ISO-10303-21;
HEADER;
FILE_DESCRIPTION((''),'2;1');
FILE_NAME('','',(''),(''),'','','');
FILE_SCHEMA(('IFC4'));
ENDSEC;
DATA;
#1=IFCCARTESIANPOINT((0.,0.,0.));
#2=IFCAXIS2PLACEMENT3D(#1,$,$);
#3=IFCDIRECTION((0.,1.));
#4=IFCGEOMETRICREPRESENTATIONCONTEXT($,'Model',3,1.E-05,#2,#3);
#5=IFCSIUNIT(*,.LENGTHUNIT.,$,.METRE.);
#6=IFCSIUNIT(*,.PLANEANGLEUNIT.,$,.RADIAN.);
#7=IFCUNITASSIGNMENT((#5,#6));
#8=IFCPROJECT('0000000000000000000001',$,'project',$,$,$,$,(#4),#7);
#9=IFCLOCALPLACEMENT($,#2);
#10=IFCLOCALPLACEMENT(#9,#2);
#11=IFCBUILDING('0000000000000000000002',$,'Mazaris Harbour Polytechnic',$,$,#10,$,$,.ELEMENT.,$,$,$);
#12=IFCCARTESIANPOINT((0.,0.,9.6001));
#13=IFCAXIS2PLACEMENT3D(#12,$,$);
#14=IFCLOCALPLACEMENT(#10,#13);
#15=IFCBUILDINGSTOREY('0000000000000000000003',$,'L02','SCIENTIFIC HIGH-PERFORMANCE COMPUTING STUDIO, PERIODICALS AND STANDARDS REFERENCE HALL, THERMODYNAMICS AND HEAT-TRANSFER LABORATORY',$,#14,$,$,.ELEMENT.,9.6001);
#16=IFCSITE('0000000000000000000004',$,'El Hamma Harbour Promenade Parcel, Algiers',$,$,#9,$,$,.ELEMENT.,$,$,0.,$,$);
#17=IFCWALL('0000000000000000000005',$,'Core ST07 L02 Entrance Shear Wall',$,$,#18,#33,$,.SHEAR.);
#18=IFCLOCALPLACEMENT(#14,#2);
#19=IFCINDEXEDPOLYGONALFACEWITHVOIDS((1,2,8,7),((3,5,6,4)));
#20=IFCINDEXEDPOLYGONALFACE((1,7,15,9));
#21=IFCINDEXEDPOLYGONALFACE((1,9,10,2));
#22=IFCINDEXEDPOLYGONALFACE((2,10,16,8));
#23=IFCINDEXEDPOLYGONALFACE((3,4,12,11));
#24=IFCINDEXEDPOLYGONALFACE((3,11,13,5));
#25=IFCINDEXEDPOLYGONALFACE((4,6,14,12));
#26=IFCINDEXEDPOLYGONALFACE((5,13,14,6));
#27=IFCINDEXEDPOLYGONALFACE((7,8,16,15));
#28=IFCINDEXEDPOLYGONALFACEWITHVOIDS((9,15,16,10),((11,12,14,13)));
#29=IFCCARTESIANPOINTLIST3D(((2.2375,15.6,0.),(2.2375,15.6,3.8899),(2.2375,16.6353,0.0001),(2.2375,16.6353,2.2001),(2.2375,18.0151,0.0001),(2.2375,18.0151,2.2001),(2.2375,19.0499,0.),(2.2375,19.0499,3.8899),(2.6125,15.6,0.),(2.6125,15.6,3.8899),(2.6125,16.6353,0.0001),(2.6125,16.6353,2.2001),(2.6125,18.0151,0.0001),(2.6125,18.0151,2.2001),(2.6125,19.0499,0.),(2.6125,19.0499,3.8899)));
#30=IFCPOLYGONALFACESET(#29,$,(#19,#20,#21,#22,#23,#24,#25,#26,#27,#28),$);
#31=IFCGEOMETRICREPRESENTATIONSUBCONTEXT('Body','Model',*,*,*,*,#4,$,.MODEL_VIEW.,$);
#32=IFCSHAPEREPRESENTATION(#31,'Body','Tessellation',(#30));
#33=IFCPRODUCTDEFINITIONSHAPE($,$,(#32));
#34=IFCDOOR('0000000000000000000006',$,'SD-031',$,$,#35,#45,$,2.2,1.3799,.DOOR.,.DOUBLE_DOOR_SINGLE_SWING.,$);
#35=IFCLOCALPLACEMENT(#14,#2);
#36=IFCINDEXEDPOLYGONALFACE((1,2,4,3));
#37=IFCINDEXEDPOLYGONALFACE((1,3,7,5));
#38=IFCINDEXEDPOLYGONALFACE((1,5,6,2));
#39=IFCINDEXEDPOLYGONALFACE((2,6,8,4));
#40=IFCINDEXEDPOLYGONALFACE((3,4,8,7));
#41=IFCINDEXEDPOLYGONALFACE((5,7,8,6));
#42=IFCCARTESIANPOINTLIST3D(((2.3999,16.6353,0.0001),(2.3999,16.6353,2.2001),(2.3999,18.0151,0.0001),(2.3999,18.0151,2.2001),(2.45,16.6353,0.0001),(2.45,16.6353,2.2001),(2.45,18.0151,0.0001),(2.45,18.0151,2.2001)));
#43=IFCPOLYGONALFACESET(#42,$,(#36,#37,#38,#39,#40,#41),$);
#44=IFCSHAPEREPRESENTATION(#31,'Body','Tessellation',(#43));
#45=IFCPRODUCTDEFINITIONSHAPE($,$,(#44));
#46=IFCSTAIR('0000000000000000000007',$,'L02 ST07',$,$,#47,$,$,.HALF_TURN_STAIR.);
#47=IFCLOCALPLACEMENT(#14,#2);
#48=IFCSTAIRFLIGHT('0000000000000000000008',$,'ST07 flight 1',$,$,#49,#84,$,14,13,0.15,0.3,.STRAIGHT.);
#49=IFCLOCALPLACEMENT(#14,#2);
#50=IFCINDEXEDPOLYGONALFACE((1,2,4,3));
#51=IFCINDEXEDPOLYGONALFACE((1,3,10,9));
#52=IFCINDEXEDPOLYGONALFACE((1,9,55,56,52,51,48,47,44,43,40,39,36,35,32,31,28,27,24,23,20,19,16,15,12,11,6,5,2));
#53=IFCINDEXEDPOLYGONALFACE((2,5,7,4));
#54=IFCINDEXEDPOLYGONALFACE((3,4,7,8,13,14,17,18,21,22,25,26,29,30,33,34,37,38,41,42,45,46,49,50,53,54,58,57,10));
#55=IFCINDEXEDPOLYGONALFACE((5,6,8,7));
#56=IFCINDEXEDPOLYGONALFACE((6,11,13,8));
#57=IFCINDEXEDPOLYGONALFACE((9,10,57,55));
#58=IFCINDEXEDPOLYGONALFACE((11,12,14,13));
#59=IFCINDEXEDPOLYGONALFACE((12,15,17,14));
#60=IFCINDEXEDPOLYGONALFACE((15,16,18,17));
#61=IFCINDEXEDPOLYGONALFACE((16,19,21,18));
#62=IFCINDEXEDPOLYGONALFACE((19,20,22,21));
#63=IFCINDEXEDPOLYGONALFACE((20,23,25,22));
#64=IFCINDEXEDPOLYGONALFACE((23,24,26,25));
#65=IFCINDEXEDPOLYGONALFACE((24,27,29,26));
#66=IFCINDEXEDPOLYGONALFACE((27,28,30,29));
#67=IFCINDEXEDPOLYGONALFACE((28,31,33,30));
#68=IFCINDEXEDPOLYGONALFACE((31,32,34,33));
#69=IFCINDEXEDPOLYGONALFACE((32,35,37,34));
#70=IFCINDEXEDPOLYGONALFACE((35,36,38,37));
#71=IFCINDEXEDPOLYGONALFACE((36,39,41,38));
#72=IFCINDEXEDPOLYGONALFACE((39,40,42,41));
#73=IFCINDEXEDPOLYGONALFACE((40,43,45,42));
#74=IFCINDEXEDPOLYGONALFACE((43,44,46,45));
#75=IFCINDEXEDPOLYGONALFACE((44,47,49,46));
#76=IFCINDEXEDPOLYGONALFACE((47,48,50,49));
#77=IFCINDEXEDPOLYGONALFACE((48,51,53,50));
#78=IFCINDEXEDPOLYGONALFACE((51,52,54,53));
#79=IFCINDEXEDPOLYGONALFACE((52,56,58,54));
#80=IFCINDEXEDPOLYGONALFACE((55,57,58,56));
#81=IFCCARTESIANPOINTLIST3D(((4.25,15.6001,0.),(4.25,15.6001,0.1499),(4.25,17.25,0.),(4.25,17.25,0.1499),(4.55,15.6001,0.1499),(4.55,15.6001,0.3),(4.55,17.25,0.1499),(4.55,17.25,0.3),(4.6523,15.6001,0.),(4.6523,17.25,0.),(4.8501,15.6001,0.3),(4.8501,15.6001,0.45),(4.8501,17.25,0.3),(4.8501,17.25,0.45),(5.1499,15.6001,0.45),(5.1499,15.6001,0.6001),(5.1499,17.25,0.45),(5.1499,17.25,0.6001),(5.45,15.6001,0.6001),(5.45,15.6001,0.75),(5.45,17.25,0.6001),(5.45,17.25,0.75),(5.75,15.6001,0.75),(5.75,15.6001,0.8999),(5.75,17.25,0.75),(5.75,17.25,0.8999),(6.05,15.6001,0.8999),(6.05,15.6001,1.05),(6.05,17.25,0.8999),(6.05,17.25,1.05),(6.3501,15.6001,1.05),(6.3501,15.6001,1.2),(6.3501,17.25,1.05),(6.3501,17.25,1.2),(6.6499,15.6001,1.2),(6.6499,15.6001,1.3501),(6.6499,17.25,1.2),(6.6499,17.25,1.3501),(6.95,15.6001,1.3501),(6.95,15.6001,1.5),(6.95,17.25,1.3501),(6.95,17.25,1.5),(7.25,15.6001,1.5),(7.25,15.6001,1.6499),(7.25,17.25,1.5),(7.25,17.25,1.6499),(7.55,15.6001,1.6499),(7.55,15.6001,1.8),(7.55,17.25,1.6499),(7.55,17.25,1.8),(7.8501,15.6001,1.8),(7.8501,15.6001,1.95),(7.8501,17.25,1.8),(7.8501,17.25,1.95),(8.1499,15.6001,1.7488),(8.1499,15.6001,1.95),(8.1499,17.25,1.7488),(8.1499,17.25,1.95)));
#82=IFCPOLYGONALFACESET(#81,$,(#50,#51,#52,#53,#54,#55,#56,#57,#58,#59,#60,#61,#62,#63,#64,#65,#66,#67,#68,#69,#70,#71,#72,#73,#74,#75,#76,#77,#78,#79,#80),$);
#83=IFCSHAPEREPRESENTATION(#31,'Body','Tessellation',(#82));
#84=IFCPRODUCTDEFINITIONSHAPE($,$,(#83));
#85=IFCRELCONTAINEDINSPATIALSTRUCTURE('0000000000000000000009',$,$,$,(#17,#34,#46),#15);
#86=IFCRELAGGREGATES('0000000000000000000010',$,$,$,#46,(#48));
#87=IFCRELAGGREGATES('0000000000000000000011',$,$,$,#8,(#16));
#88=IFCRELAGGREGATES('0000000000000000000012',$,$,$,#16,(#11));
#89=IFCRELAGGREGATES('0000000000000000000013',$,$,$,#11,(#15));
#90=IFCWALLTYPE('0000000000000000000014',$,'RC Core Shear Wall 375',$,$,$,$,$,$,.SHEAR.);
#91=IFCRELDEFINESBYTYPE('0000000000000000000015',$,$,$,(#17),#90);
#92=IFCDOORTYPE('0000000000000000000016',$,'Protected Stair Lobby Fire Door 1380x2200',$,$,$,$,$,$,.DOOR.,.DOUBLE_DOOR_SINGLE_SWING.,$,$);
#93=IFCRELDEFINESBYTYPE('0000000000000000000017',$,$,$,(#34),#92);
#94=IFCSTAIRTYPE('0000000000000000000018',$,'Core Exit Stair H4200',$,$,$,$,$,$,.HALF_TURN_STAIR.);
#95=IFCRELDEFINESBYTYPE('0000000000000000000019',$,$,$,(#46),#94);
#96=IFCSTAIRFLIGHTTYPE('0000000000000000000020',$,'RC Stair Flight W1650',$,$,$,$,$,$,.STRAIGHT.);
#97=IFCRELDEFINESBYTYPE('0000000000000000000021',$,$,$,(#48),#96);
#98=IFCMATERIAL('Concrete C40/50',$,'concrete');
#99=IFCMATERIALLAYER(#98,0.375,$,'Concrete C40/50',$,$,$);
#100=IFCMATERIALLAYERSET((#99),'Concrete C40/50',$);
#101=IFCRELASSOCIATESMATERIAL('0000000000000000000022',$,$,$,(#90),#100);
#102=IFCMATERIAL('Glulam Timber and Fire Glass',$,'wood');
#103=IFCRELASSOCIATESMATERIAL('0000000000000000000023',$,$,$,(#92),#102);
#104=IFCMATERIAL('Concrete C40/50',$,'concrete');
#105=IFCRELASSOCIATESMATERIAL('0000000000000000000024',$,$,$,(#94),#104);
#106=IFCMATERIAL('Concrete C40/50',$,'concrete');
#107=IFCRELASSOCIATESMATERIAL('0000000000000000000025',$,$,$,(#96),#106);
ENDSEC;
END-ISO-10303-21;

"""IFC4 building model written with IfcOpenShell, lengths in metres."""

from ifc_helpers import new_model, si_unit, direction, frame, frame_2d, origin, place, context, subcontext, project, spatial, polyline, rectangle, outline, extrude, material, layer, layer_set, type_object, element, fill, aggregate, save


model = new_model("IFC4")

# Units and contexts
model_context = context("Model", 3, precision=1e-05, world=origin(), true_north=direction((0.0, 1.0)))
body_context = subcontext(model_context, "Body", "Model", "MODEL_VIEW")
ifc_project = project(units=[si_unit("LENGTHUNIT", "METRE"), si_unit("PLANEANGLEUNIT", "RADIAN")], contexts=[model_context])

# Site, building, storey
site_placement = place(None, origin())
site = spatial("IfcSite", under=ifc_project, at=site_placement, Name="El Hamma Harbour Promenade Parcel, Algiers", CompositionType="ELEMENT", RefElevation=0.0)
building_placement = place(site_placement, origin())
building = spatial("IfcBuilding", under=site, at=building_placement, Name="Mazaris Harbour Polytechnic", CompositionType="ELEMENT")
storey_placement = place(building_placement, frame((0.0, 0.0, 9.6001)))
storey = spatial("IfcBuildingStorey", under=building, at=storey_placement, Name="L02", Description="SCIENTIFIC HIGH-PERFORMANCE COMPUTING STUDIO, PERIODICALS AND STANDARDS REFERENCE HALL, THERMODYNAMICS AND HEAT-TRANSFER LABORATORY", CompositionType="ELEMENT", Elevation=9.6001)

# Wall, opening, door
ifc_material_1 = material(Name="Concrete C40/50", Category="concrete")
ifc_layer = layer(ifc_material_1, 0.375, Name="Concrete C40/50")
ifc_layer_set = layer_set([ifc_layer], Name="Concrete C40/50")
wall_type = type_object("IfcWallType", Name="RC Core Shear Wall 375", PredefinedType="SHEAR", material=ifc_layer_set)
wall_placement = place(storey_placement, frame((2.425, 19.05, 0.0), z_axis=(0.0, 0.0, 1.0), x_axis=(0.0, -1.0, 0.0)))
wall = element("IfcWall", 1, at=wall_placement, inside=storey, type_object=wall_type, Name="Core ST07 L02 Entrance Shear Wall", PredefinedType="SHEAR", context=body_context, shape_type="SweptSolid", body=[
    extrude(rectangle(XDim=3.45, YDim=0.375, at=frame_2d((1.7251, 0.0))), origin(), (0.0, 0.0, 1.0), 3.8899),
])
opening_placement = place(wall_placement, frame((1.0349, 0.0, 0.0)))
opening = element("IfcOpeningElement", 2, at=opening_placement, cuts=wall, PredefinedType="OPENING", context=body_context, shape_type="SweptSolid", body=[
    extrude(rectangle(XDim=1.3799, YDim=2.2, at=frame_2d((0.6899, 1.1001))), frame((0.0, 0.1975, 0.0), z_axis=(0.0, -1.0, 0.0), x_axis=(1.0, 0.0, 0.0)), (0.0, 0.0, 1.0), 0.395),
])
ifc_material_2 = material(Name="Glulam Timber and Fire Glass", Category="wood")
door_type = type_object("IfcDoorType", Name="Protected Stair Lobby Fire Door 1380x2200", OperationType="DOUBLE_DOOR_SINGLE_SWING", PredefinedType="DOOR", material=ifc_material_2)
door_placement = place(opening_placement, origin())
door = element("IfcDoor", 3, at=door_placement, inside=storey, type_object=door_type, Name="SD-031", OperationType="DOUBLE_DOOR_SINGLE_SWING", OverallHeight=2.2, OverallWidth=1.3799, PredefinedType="DOOR", context=body_context, shape_type="SweptSolid", body=[
    extrude(rectangle(XDim=1.3799, YDim=2.2, at=frame_2d((0.6899, 1.1001))), frame((0.0, 0.0249, 0.0), z_axis=(0.0, -1.0, 0.0), x_axis=(1.0, 0.0, 0.0)), (0.0, 0.0, 1.0), 0.05),
])
fill(opening, door)

# Stair, stair flight
ifc_material_3 = material(Name="Concrete C40/50", Category="concrete")
stair_type = type_object("IfcStairType", Name="Core Exit Stair H4200", PredefinedType="HALF_TURN_STAIR", material=ifc_material_3)
stair_placement = place(storey_placement, origin())
stair = element("IfcStair", 4, at=stair_placement, inside=storey, type_object=stair_type, Name="L02 ST07", PredefinedType="HALF_TURN_STAIR")
ifc_material_4 = material(Name="Concrete C40/50", Category="concrete")
stair_flight_type = type_object("IfcStairFlightType", Name="RC Stair Flight W1650", PredefinedType="STRAIGHT", material=ifc_material_4)
stair_flight_placement = place(storey_placement, frame((4.25, 16.425, 0.0), z_axis=(0.0, 0.0, 1.0), x_axis=(1.0, 0.0, 0.0)))
stair_flight = element("IfcStairFlight", 5, at=stair_flight_placement, type_object=stair_flight_type, Name="ST07 flight 1", NumberOfRisers=14, NumberOfTreads=13, PredefinedType="STRAIGHT", RiserHeight=0.15, TreadLength=0.3, context=body_context, shape_type="SweptSolid", body=[
    extrude(outline(polyline([(0.0, 0.0), (0.0, 0.1499), (0.3, 0.1499), (0.3, 0.3), (0.6001, 0.3), (0.6001, 0.45), (0.8999, 0.45), (0.8999, 0.6001), (1.2, 0.6001), (1.2, 0.75), (1.5, 0.75), (1.5, 0.8999), (1.8, 0.8999), (1.8, 1.05), (2.1001, 1.05), (2.1001, 1.2), (2.3999, 1.2), (2.3999, 1.3501), (2.7, 1.3501), (2.7, 1.5), (3.0, 1.5), (3.0, 1.6499), (3.3, 1.6499), (3.3, 1.8), (3.6001, 1.8), (3.6001, 1.95), (3.8999, 1.95), (3.8999, 2.1001), (3.8999, 1.7488), (0.4023, 0.0), (0.0, 0.0)])), frame((0.0, 0.825, 0.0), z_axis=(0.0, -1.0, 0.0), x_axis=(1.0, 0.0, 0.0)), (0.0, 0.0, 1.0), 1.6499),
])
aggregate(stair, [stair_flight])

save(model, "model.ifc")
